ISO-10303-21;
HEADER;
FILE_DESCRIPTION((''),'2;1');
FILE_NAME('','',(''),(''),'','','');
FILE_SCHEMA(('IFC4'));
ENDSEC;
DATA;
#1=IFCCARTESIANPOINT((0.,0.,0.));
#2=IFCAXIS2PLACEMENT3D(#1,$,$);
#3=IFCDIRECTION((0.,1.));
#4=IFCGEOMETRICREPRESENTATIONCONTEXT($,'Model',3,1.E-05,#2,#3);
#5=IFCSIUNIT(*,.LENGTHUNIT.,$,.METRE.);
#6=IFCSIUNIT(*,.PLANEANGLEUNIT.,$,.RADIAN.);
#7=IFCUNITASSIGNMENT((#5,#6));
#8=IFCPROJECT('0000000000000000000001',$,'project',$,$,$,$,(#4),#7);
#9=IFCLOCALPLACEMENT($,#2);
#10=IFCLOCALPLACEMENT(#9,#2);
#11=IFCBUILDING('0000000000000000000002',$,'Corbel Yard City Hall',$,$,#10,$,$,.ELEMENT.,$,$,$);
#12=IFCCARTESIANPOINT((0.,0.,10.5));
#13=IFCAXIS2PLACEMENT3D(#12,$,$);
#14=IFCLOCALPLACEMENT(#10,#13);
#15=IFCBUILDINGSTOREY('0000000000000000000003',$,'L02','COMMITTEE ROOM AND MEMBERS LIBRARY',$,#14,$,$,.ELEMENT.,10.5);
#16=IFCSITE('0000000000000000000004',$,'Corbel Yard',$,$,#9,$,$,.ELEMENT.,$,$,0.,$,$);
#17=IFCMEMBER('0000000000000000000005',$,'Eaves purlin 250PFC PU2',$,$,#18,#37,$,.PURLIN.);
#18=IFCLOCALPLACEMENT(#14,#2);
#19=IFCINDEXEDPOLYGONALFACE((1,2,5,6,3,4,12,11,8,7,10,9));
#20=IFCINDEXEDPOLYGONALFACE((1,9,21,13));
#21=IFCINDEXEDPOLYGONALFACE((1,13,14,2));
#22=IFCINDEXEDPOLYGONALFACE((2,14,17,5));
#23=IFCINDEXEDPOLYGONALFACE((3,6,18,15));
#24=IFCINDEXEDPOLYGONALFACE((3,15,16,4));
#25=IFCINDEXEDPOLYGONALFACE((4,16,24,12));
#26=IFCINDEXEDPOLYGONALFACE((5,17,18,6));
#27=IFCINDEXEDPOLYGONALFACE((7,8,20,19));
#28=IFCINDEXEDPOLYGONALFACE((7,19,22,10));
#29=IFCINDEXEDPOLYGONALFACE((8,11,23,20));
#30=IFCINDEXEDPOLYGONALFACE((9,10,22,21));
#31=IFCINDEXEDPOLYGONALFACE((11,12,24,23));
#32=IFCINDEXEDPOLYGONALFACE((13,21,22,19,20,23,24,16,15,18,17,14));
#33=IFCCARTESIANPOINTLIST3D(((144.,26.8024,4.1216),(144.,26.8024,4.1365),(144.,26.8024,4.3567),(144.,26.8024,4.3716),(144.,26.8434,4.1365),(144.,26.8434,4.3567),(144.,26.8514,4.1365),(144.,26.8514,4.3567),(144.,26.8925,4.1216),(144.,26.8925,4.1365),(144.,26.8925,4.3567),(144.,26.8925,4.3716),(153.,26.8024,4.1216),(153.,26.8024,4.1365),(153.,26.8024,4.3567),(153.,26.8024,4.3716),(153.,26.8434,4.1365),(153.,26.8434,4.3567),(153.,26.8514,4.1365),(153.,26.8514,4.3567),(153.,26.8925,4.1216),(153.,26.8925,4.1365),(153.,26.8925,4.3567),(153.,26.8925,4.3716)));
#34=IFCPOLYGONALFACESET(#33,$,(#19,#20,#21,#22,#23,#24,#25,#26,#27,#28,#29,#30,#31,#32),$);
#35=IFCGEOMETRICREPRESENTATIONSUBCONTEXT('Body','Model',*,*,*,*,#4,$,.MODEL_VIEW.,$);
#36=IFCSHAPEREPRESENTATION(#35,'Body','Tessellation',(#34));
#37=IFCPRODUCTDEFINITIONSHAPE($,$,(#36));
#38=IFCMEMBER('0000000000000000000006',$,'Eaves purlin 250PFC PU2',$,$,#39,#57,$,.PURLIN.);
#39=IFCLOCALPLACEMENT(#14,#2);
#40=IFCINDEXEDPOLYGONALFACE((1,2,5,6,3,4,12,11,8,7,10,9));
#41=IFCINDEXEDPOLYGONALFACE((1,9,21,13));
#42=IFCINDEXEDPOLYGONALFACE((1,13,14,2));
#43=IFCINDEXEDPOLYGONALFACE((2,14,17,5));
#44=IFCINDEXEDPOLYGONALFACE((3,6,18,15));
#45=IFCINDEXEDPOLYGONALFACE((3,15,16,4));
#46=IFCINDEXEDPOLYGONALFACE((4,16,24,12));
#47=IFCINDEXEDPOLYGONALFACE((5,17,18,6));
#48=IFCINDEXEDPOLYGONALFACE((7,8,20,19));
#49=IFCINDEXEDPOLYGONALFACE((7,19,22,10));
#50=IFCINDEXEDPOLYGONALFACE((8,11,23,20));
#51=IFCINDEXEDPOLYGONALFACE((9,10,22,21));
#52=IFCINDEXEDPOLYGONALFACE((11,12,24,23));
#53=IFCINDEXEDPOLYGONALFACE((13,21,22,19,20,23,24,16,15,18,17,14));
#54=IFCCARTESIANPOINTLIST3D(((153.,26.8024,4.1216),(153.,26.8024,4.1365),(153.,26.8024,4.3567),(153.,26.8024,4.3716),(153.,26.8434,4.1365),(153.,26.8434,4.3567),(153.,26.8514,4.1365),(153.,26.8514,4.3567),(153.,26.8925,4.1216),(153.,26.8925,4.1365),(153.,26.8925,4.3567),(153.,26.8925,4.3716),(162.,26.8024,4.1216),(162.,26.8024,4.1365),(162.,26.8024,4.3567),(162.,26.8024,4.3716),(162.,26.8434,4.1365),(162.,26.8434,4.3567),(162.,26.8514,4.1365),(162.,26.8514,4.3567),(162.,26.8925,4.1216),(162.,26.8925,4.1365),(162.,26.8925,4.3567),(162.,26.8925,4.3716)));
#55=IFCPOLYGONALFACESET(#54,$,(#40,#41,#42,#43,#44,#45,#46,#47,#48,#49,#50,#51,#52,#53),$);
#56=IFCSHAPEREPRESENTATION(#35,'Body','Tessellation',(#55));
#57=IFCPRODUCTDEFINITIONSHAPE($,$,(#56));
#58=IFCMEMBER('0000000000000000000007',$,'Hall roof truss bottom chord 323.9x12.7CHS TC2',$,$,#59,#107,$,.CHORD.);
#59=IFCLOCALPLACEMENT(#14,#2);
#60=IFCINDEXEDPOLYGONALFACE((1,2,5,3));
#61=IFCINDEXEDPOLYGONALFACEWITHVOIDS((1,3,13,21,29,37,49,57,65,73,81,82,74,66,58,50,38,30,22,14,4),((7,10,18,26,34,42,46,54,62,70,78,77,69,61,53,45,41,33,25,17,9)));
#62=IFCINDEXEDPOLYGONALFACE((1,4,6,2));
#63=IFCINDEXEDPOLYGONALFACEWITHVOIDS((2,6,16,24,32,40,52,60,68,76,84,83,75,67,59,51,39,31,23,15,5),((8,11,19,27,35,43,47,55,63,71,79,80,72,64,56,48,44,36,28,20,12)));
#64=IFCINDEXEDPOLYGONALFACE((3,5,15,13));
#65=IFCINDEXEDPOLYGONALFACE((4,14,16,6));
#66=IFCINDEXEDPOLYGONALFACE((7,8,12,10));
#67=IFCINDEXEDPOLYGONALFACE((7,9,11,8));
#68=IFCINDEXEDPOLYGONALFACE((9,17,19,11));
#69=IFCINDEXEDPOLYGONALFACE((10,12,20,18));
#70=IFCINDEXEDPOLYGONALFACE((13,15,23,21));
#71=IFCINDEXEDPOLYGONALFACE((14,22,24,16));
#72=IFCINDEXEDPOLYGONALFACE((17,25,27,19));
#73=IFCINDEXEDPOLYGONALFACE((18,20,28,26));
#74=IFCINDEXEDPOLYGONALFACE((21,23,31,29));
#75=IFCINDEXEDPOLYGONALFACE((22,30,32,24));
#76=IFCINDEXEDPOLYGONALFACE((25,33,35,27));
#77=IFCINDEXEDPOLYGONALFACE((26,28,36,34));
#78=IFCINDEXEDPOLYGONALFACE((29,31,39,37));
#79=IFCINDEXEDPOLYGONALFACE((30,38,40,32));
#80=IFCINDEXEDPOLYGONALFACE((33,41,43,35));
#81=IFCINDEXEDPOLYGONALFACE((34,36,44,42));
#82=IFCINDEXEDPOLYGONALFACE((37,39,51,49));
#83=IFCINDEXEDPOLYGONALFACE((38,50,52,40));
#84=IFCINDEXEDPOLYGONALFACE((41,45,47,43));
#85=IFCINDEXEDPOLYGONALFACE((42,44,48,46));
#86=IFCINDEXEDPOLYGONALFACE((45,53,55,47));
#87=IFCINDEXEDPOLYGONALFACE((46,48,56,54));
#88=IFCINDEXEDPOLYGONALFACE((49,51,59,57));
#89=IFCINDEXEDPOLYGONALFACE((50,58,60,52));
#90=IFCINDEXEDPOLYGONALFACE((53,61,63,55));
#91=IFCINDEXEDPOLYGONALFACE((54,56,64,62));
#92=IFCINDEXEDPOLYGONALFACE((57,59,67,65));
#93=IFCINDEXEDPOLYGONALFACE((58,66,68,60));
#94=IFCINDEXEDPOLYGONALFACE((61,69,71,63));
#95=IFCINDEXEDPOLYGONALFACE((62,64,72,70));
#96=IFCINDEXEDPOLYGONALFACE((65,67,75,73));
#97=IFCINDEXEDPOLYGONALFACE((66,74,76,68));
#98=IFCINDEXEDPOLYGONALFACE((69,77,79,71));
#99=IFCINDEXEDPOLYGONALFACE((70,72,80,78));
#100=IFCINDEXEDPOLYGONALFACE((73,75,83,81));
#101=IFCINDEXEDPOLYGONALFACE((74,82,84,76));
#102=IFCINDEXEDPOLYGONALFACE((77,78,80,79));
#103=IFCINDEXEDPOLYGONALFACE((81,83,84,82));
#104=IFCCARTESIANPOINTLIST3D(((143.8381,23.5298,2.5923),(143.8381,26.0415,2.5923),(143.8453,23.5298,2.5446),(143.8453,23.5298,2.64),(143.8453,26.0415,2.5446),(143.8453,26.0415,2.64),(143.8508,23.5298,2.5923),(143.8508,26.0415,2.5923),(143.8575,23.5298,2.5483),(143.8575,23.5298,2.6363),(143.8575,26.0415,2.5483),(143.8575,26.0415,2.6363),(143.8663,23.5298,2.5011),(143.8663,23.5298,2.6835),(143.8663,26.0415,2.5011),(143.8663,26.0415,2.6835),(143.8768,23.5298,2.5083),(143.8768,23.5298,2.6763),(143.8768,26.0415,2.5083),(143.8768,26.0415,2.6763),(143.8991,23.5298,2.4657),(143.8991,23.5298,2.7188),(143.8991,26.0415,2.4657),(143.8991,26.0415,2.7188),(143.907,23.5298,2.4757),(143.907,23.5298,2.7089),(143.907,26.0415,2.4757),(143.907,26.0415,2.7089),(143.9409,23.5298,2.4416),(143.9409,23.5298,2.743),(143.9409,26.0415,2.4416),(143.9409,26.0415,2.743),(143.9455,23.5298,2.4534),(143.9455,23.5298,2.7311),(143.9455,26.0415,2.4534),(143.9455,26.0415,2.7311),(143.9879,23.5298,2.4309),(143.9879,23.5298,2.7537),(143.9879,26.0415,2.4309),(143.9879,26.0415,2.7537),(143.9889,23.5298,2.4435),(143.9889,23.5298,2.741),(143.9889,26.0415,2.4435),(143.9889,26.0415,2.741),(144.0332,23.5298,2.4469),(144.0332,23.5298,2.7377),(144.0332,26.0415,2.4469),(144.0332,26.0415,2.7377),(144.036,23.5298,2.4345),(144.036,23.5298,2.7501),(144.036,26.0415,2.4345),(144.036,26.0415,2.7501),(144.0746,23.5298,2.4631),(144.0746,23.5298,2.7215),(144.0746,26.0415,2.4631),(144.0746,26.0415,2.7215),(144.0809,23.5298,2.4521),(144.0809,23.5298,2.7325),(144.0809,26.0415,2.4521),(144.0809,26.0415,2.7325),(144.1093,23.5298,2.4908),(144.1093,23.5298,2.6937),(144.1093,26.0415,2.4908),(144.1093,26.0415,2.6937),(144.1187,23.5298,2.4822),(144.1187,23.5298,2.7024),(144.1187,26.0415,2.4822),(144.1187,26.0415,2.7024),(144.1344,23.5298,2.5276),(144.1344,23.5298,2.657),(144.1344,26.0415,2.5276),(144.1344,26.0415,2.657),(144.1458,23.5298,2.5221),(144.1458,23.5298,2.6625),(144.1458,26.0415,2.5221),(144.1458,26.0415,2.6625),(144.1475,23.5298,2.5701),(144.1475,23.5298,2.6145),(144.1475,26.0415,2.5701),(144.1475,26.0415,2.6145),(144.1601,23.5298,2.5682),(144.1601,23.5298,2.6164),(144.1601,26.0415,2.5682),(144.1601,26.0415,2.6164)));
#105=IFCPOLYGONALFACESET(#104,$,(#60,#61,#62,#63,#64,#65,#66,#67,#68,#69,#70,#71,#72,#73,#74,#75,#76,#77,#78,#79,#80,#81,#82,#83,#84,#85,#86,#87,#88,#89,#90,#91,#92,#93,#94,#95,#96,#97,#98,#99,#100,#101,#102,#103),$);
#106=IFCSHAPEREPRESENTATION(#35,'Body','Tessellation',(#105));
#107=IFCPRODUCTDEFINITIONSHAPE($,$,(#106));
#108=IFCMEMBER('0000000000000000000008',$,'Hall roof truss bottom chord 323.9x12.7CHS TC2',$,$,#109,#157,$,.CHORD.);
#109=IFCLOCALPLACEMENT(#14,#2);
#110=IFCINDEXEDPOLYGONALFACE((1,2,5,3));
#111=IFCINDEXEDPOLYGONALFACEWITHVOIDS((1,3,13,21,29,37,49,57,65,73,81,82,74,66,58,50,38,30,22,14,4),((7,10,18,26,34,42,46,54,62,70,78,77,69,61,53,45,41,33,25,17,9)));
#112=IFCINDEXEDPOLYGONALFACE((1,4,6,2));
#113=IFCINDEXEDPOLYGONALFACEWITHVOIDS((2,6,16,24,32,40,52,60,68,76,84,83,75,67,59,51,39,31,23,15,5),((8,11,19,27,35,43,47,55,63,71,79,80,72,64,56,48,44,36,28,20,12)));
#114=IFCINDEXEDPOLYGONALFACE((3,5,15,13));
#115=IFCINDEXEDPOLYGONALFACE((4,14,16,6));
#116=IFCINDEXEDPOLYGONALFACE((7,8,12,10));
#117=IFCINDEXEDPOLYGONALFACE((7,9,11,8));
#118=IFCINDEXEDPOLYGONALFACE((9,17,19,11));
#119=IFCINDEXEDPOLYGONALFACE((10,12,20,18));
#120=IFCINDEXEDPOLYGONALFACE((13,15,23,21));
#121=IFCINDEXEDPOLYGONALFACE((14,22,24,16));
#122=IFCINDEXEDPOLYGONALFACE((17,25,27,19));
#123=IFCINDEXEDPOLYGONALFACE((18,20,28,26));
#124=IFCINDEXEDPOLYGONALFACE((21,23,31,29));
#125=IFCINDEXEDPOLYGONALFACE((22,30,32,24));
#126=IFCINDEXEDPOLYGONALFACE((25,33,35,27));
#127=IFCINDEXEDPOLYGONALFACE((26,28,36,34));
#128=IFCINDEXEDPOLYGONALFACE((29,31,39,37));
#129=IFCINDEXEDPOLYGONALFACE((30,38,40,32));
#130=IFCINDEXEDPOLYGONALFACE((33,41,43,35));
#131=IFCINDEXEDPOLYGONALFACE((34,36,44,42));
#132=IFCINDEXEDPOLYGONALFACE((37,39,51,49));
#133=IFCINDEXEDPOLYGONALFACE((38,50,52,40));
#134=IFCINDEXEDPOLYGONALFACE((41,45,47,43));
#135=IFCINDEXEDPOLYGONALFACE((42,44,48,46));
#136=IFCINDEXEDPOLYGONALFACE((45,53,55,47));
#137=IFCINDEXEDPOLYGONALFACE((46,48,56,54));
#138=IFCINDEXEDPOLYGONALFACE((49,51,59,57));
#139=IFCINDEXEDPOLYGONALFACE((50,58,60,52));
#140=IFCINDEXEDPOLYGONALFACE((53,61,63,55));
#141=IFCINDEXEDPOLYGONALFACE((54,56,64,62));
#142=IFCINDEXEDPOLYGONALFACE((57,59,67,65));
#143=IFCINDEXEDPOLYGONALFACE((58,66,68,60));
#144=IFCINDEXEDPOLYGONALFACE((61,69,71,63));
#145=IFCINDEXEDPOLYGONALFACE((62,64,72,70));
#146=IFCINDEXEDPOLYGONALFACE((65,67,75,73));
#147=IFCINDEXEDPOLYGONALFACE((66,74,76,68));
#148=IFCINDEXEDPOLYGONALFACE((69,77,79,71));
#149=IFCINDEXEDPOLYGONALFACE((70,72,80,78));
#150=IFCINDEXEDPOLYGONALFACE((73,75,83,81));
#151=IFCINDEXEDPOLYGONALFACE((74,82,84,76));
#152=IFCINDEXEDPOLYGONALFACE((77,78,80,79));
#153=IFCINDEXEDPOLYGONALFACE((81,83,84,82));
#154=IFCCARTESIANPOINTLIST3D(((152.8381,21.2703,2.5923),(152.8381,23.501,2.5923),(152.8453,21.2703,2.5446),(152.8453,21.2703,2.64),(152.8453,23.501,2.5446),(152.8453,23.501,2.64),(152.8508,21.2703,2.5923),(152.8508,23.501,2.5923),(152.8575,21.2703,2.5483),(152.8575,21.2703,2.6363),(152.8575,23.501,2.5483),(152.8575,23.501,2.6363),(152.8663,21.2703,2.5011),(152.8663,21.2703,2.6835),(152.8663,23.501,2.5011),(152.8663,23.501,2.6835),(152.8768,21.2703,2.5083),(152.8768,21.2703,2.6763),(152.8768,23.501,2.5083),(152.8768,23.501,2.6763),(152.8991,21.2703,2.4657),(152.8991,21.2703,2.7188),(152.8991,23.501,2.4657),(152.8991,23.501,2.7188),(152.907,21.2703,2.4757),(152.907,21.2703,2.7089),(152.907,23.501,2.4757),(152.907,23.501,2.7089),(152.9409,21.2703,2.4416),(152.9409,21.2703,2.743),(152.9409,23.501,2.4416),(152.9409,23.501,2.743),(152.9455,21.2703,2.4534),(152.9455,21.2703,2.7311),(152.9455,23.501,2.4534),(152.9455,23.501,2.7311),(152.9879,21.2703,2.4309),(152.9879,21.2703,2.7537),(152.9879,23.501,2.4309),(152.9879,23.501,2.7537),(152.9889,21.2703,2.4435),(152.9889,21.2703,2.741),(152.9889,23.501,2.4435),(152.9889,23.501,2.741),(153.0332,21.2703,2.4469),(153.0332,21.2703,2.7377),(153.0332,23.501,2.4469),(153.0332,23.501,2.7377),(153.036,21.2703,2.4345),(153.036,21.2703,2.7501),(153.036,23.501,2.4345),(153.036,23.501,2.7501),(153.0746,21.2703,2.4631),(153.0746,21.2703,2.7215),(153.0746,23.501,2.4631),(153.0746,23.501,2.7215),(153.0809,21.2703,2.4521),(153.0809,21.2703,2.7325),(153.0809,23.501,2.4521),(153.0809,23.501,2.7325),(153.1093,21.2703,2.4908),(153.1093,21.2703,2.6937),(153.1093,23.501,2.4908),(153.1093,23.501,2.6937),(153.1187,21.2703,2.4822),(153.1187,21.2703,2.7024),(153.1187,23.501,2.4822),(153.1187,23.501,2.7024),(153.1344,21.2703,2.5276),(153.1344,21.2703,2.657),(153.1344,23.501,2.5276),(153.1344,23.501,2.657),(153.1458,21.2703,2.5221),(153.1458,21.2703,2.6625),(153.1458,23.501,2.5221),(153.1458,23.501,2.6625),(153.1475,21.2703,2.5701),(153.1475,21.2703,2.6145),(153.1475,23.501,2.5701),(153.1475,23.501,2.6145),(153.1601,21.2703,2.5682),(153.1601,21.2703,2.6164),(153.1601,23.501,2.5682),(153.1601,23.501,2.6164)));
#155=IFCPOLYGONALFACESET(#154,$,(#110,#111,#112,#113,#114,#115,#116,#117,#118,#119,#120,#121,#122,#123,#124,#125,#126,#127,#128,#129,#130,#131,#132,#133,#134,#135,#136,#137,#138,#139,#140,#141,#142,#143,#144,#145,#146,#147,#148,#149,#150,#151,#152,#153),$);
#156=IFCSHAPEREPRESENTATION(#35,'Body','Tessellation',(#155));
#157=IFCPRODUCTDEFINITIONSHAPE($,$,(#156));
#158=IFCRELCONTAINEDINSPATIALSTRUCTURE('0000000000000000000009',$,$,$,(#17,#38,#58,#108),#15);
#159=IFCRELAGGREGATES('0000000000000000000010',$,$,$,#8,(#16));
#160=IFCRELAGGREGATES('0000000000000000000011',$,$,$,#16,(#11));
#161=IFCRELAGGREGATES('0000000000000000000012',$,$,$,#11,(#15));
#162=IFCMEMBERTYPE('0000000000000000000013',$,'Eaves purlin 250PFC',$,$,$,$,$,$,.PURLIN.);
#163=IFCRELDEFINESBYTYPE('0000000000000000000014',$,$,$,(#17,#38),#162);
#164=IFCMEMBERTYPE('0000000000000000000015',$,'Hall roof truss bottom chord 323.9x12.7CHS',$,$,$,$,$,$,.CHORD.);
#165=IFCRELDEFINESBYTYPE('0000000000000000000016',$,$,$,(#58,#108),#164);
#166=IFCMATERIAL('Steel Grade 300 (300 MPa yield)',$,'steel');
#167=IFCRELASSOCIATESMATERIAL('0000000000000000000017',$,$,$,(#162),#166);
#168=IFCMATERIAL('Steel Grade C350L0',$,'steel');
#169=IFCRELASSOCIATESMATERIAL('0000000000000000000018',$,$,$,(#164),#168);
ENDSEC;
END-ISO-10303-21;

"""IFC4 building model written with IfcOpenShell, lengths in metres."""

from ifc_helpers import new_model, si_unit, direction, frame, origin, origin_2d, place, context, subcontext, project, spatial, hollow_circle, i_section, extrude, material, material_profile, profile_set, type_object, element, save


model = new_model("IFC4")

# Units and contexts
model_context = context("Model", 3, precision=1e-05, world=origin(), true_north=direction((0.0, 1.0)))
body_context = subcontext(model_context, "Body", "Model", "MODEL_VIEW")
ifc_project = project(units=[si_unit("LENGTHUNIT", "METRE"), si_unit("PLANEANGLEUNIT", "RADIAN")], contexts=[model_context])

# Site, building, storey
site_placement = place(None, origin())
site = spatial("IfcSite", under=ifc_project, at=site_placement, Name="Corbel Yard", CompositionType="ELEMENT", RefElevation=0.0)
building_placement = place(site_placement, origin())
building = spatial("IfcBuilding", under=site, at=building_placement, Name="Corbel Yard City Hall", CompositionType="ELEMENT")
storey_placement = place(building_placement, frame((0.0, 0.0, 10.5)))
storey = spatial("IfcBuildingStorey", under=building, at=storey_placement, Name="L02", Description="COMMITTEE ROOM AND MEMBERS LIBRARY", CompositionType="ELEMENT", Elevation=10.5)

# Members
ifc_material_1 = material(Name="Steel Grade 300 (300 MPa yield)", Category="steel")
ifc_material_profile_1 = material_profile(ifc_material_1, i_section(OverallWidth=0.0901, OverallDepth=0.25, WebThickness=0.0081, FlangeThickness=0.0149, at=origin_2d()), Name="250PFC")
ifc_profile_set_1 = profile_set([ifc_material_profile_1], Name="Steel Grade 300 (300 MPa yield)")
member_type_1 = type_object("IfcMemberType", Name="Eaves purlin 250PFC", PredefinedType="PURLIN", material=ifc_profile_set_1)
for number, where, z_axis, x_axis, name in (
    (1, (144.0, 26.8474, 4.2466), (1.0, 0.0, 0.0), (0.0, 1.0, 0.0), "Eaves purlin 250PFC PU2"),
    (2, (153.0, 26.8474, 4.2466), (1.0, 0.0, 0.0), (0.0, 1.0, 0.0), "Eaves purlin 250PFC PU2"),
):
    element("IfcMember", number, at=place(storey_placement, frame(where, z_axis=z_axis, x_axis=x_axis)), inside=storey, type_object=member_type_1, Name=name, PredefinedType="PURLIN", context=body_context, shape_type="SweptSolid", body=[
        extrude(i_section(OverallWidth=0.0901, OverallDepth=0.25, WebThickness=0.0081, FlangeThickness=0.0149, at=origin_2d()), origin(), (0.0, 0.0, 1.0), 9.0),
    ])
ifc_material_2 = material(Name="Steel Grade C350L0", Category="steel")
ifc_material_profile_2 = material_profile(ifc_material_2, hollow_circle(Radius=0.1619, WallThickness=0.0127, at=origin_2d()), Name="323.9x12.7CHS")
ifc_profile_set_2 = profile_set([ifc_material_profile_2], Name="Steel Grade C350L0")
member_type_2 = type_object("IfcMemberType", Name="Hall roof truss bottom chord 323.9x12.7CHS", PredefinedType="CHORD", material=ifc_profile_set_2)
member_1_placement = place(storey_placement, frame((144.0, 23.5298, 2.5923), z_axis=(0.0, 1.0, 0.0), x_axis=(-1.0, 0.0, 0.0)))
element("IfcMember", 3, at=member_1_placement, inside=storey, type_object=member_type_2, Name="Hall roof truss bottom chord 323.9x12.7CHS TC2", PredefinedType="CHORD", context=body_context, shape_type="SweptSolid", body=[
    extrude(hollow_circle(Radius=0.1619, WallThickness=0.0127, at=origin_2d()), origin(), (0.0, 0.0, 1.0), 2.5117),
])
member_2_placement = place(storey_placement, frame((153.0, 21.2703, 2.5923), z_axis=(0.0, 1.0, 0.0), x_axis=(-1.0, 0.0, 0.0)))
element("IfcMember", 4, at=member_2_placement, inside=storey, type_object=member_type_2, Name="Hall roof truss bottom chord 323.9x12.7CHS TC2", PredefinedType="CHORD", context=body_context, shape_type="SweptSolid", body=[
    extrude(hollow_circle(Radius=0.1619, WallThickness=0.0127, at=origin_2d()), origin(), (0.0, 0.0, 1.0), 2.2307),
])

save(model, "model.ifc")
